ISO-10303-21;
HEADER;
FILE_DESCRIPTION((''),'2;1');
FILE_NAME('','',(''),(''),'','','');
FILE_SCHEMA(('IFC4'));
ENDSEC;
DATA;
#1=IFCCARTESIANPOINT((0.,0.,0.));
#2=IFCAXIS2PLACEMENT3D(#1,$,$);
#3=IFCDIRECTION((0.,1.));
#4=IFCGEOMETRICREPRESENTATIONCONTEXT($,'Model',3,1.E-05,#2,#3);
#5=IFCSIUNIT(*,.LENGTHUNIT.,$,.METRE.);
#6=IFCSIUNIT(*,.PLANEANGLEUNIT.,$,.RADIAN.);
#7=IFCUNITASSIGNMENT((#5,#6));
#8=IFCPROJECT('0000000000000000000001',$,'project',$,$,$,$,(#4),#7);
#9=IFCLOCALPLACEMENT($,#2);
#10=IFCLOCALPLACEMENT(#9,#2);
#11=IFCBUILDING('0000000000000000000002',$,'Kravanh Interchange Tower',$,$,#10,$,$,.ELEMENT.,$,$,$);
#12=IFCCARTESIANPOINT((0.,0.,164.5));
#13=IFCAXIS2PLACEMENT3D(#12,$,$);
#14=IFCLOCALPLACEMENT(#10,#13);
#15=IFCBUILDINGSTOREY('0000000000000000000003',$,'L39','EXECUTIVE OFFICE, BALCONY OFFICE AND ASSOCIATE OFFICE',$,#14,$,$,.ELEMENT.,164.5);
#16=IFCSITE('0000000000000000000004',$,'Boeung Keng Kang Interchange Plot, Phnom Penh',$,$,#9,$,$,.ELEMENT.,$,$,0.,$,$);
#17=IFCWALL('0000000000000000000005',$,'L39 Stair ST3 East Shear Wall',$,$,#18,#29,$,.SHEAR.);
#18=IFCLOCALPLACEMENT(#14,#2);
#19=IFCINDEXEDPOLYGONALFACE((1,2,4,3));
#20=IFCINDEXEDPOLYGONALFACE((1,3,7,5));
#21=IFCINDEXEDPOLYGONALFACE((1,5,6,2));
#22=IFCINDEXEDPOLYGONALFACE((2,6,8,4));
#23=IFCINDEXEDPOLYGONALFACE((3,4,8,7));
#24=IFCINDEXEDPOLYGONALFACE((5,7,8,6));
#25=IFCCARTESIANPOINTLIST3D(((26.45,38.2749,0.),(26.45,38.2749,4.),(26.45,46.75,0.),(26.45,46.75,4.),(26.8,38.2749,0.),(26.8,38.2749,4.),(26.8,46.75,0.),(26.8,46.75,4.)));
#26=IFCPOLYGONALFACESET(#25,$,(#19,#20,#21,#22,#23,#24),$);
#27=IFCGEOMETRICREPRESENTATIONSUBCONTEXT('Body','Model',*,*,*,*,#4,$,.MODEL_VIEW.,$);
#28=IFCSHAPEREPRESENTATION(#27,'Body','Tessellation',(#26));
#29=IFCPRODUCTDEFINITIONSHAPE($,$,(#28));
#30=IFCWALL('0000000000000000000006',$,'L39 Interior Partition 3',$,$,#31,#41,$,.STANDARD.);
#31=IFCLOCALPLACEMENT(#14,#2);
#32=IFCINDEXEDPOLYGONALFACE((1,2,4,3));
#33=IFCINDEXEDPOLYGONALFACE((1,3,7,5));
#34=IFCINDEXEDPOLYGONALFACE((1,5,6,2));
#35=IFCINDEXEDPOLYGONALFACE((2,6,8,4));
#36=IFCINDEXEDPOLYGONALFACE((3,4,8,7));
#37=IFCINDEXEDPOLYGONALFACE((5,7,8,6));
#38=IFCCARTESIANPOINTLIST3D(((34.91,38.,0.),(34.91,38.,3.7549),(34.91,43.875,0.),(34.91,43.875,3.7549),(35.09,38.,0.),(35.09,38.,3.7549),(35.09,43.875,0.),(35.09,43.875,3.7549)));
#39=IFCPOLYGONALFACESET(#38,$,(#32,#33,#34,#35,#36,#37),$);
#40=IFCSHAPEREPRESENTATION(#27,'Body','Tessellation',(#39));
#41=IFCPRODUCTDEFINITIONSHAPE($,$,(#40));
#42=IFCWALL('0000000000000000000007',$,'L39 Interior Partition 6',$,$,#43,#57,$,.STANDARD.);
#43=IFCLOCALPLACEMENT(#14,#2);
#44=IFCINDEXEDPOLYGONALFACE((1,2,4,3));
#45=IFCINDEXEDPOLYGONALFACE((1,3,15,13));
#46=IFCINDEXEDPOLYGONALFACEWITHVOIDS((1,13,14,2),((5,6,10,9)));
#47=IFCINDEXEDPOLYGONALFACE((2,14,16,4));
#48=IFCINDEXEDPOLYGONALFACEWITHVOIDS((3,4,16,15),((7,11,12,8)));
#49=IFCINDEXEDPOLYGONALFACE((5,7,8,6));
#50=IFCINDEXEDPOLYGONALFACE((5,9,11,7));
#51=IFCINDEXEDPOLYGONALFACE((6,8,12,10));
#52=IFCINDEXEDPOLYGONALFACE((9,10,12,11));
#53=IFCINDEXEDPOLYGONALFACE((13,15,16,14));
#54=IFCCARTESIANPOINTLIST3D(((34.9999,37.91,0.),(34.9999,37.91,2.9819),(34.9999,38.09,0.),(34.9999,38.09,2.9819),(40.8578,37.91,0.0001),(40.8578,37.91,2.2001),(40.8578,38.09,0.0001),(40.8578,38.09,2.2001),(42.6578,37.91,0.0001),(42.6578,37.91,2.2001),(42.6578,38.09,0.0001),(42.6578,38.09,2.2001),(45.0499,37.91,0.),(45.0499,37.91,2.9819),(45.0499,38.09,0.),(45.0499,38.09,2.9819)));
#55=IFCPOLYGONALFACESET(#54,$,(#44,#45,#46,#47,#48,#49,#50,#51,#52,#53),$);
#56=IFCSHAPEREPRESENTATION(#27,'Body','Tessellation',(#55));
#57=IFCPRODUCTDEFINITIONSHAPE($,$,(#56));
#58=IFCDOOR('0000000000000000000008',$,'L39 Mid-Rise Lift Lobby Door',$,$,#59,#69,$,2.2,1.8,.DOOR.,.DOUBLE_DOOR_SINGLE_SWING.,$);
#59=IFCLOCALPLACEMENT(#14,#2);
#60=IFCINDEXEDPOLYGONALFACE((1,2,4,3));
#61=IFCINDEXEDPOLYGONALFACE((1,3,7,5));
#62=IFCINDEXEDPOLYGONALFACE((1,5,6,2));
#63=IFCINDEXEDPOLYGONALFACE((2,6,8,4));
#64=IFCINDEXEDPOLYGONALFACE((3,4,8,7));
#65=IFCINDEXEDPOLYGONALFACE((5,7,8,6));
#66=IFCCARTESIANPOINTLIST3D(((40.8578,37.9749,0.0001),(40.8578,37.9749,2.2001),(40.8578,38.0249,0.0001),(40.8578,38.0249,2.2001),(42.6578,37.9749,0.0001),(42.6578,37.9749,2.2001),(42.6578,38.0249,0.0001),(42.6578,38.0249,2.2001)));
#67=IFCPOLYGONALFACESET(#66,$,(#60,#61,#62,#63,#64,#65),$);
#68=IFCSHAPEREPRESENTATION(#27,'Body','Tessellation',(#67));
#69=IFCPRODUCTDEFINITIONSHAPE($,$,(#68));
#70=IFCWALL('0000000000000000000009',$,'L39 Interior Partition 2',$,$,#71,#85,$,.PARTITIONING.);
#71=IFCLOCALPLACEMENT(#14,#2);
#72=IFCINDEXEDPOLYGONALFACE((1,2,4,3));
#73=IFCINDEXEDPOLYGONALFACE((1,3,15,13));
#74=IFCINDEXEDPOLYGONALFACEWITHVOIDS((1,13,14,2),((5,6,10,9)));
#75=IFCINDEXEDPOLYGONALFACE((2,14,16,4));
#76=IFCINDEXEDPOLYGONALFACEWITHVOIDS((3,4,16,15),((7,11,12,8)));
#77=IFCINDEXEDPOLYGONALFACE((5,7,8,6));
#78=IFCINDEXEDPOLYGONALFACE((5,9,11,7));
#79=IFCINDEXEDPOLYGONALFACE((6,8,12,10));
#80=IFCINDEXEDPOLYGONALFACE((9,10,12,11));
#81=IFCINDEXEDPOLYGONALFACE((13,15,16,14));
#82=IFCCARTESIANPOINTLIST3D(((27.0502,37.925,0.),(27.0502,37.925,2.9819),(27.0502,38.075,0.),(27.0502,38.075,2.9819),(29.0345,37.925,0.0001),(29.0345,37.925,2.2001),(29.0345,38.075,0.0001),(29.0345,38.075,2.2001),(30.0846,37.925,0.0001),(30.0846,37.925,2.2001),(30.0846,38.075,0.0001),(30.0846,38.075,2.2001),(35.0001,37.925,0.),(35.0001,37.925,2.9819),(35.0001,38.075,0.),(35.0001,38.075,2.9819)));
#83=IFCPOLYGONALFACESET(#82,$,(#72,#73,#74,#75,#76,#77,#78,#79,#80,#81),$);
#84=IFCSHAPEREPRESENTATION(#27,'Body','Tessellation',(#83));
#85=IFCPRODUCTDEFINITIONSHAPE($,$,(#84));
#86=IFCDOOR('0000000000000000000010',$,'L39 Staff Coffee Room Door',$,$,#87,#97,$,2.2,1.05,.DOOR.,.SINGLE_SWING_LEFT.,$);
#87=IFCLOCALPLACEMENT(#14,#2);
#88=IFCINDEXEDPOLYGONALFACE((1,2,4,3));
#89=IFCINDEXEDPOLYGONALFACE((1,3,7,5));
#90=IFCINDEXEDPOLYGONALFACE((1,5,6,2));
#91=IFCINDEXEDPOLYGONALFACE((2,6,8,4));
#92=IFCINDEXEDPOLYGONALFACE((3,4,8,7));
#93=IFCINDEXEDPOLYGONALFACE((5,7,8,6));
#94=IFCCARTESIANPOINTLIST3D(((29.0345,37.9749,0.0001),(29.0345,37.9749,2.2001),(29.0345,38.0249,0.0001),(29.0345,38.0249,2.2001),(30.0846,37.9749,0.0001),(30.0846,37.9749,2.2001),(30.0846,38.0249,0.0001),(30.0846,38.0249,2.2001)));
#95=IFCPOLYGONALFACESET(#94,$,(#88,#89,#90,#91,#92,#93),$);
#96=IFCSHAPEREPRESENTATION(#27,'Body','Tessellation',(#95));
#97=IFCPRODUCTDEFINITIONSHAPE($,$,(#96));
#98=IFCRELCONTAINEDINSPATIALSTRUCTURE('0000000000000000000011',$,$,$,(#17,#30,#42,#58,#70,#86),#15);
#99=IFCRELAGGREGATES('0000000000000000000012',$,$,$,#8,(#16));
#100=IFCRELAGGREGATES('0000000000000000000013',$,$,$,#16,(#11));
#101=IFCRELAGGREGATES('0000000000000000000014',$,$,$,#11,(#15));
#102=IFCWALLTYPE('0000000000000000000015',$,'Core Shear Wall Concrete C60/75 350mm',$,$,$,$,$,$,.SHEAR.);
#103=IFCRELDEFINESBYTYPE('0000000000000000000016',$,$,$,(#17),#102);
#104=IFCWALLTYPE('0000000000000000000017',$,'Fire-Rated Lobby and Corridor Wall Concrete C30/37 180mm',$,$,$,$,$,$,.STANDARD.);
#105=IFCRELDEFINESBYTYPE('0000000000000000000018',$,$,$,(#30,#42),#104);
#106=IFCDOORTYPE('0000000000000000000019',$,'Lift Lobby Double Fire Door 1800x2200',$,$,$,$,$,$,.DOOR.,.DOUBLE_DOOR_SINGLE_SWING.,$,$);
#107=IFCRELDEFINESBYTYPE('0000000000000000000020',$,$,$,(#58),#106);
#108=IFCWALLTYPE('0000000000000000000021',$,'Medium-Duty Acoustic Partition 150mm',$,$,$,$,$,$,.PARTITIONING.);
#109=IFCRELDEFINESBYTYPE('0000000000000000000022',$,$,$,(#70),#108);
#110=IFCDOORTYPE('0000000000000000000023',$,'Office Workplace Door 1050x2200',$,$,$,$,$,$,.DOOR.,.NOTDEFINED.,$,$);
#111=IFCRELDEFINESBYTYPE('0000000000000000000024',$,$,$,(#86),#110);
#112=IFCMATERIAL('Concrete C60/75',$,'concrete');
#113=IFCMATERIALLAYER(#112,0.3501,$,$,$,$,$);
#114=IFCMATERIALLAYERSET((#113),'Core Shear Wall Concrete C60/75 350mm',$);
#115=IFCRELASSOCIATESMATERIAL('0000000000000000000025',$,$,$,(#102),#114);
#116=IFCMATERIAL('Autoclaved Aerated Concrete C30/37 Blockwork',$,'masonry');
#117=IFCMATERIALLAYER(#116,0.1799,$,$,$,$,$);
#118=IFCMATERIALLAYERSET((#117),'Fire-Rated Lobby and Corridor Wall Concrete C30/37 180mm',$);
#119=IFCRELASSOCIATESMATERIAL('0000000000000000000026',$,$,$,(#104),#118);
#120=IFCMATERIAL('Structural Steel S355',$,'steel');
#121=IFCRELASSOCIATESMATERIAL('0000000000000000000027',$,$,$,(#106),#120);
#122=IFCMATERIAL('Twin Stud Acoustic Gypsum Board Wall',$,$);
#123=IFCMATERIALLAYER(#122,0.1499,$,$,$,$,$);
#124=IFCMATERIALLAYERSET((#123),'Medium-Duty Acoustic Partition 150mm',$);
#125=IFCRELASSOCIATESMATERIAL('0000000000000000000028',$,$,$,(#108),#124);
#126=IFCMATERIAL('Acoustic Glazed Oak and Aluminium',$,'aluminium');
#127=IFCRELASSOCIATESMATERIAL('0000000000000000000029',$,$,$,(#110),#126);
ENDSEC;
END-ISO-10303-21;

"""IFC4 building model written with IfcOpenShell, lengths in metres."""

from ifc_helpers import new_model, si_unit, direction, frame, frame_2d, origin, place, context, subcontext, project, spatial, rectangle, extrude, material, layer, layer_set, type_object, element, fill, save


model = new_model("IFC4")

# Units and contexts
model_context = context("Model", 3, precision=1e-05, world=origin(), true_north=direction((0.0, 1.0)))
body_context = subcontext(model_context, "Body", "Model", "MODEL_VIEW")
ifc_project = project(units=[si_unit("LENGTHUNIT", "METRE"), si_unit("PLANEANGLEUNIT", "RADIAN")], contexts=[model_context])

# Site, building, storey
site_placement = place(None, origin())
site = spatial("IfcSite", under=ifc_project, at=site_placement, Name="Boeung Keng Kang Interchange Plot, Phnom Penh", CompositionType="ELEMENT", RefElevation=0.0)
building_placement = place(site_placement, origin())
building = spatial("IfcBuilding", under=site, at=building_placement, Name="Kravanh Interchange Tower", CompositionType="ELEMENT")
storey_placement = place(building_placement, frame((0.0, 0.0, 164.5)))
storey = spatial("IfcBuildingStorey", under=building, at=storey_placement, Name="L39", Description="EXECUTIVE OFFICE, BALCONY OFFICE AND ASSOCIATE OFFICE", CompositionType="ELEMENT", Elevation=164.5)

# Shared definitions
ifc_material_1 = material(Name="Concrete C60/75", Category="concrete")
ifc_layer_1 = layer(ifc_material_1, 0.3501)
ifc_layer_set_1 = layer_set([ifc_layer_1], Name="Core Shear Wall Concrete C60/75 350mm")
wall_type_1 = type_object("IfcWallType", Name="Core Shear Wall Concrete C60/75 350mm", PredefinedType="SHEAR", material=ifc_layer_set_1)

# Walls
wall_1_placement = place(storey_placement, frame((26.625, 38.2749, 0.0), z_axis=(0.0, 0.0, 1.0), x_axis=(0.0, 1.0, 0.0)))
element("IfcWall", 1, at=wall_1_placement, inside=storey, type_object=wall_type_1, Name="L39 Stair ST3 East Shear Wall", PredefinedType="SHEAR", context=body_context, shape_type="SweptSolid", body=[
    extrude(rectangle(XDim=8.4751, YDim=0.3501, at=frame_2d((4.2375, 0.0))), origin(), (0.0, 0.0, 1.0), 4.0),
])
ifc_material_2 = material(Name="Autoclaved Aerated Concrete C30/37 Blockwork", Category="masonry")
ifc_layer_2 = layer(ifc_material_2, 0.1799)
ifc_layer_set_2 = layer_set([ifc_layer_2], Name="Fire-Rated Lobby and Corridor Wall Concrete C30/37 180mm")
wall_type_2 = type_object("IfcWallType", Name="Fire-Rated Lobby and Corridor Wall Concrete C30/37 180mm", PredefinedType="STANDARD", material=ifc_layer_set_2)
wall_2_placement = place(storey_placement, frame((35.0, 38.0, 0.0), z_axis=(0.0, 0.0, 1.0), x_axis=(0.0, 1.0, 0.0)))
element("IfcWall", 2, at=wall_2_placement, inside=storey, type_object=wall_type_2, Name="L39 Interior Partition 3", PredefinedType="STANDARD", context=body_context, shape_type="SweptSolid", body=[
    extrude(rectangle(XDim=5.875, YDim=0.1799, at=frame_2d((2.9375, 0.0))), origin(), (0.0, 0.0, 1.0), 3.7549),
])

# Walls, openings, doors
wall_3_placement = place(storey_placement, frame((35.0, 38.0, 0.0), z_axis=(0.0, 0.0, 1.0), x_axis=(1.0, 0.0, 0.0)))
wall_3 = element("IfcWall", 3, at=wall_3_placement, inside=storey, type_object=wall_type_2, Name="L39 Interior Partition 6", PredefinedType="STANDARD", context=body_context, shape_type="SweptSolid", body=[
    extrude(rectangle(XDim=10.05, YDim=0.1799, at=frame_2d((5.0249, 0.0))), origin(), (0.0, 0.0, 1.0), 2.9819),
])
opening_1_placement = place(wall_3_placement, frame((5.8579, 0.0, 0.0)))
opening_1 = element("IfcOpeningElement", 4, at=opening_1_placement, cuts=wall_3, PredefinedType="OPENING", context=body_context, shape_type="SweptSolid", body=[
    extrude(rectangle(XDim=1.8, YDim=2.2, at=frame_2d((0.8999, 1.1001))), frame((0.0, 0.1001, 0.0), z_axis=(0.0, -1.0, 0.0), x_axis=(1.0, 0.0, 0.0)), (0.0, 0.0, 1.0), 0.2),
])
ifc_material_3 = material(Name="Structural Steel S355", Category="steel")
door_type_1 = type_object("IfcDoorType", Name="Lift Lobby Double Fire Door 1800x2200", OperationType="DOUBLE_DOOR_SINGLE_SWING", PredefinedType="DOOR", material=ifc_material_3)
door_1_placement = place(opening_1_placement, origin())
door_1 = element("IfcDoor", 5, at=door_1_placement, inside=storey, type_object=door_type_1, Name="L39 Mid-Rise Lift Lobby Door", OperationType="DOUBLE_DOOR_SINGLE_SWING", OverallHeight=2.2, OverallWidth=1.8, PredefinedType="DOOR", context=body_context, shape_type="SweptSolid", body=[
    extrude(rectangle(XDim=1.8, YDim=2.2, at=frame_2d((0.8999, 1.1001))), frame((0.0, 0.0249, 0.0), z_axis=(0.0, -1.0, 0.0), x_axis=(1.0, 0.0, 0.0)), (0.0, 0.0, 1.0), 0.05),
])
fill(opening_1, door_1)
ifc_material_4 = material(Name="Twin Stud Acoustic Gypsum Board Wall")
ifc_layer_3 = layer(ifc_material_4, 0.1499)
ifc_layer_set_3 = layer_set([ifc_layer_3], Name="Medium-Duty Acoustic Partition 150mm")
wall_type_3 = type_object("IfcWallType", Name="Medium-Duty Acoustic Partition 150mm", PredefinedType="PARTITIONING", material=ifc_layer_set_3)
wall_4_placement = place(storey_placement, frame((27.05, 38.0, 0.0), z_axis=(0.0, 0.0, 1.0), x_axis=(1.0, 0.0, 0.0)))
wall_4 = element("IfcWall", 6, at=wall_4_placement, inside=storey, type_object=wall_type_3, Name="L39 Interior Partition 2", PredefinedType="PARTITIONING", context=body_context, shape_type="SweptSolid", body=[
    extrude(rectangle(XDim=7.95, YDim=0.1499, at=frame_2d((3.9751, 0.0))), origin(), (0.0, 0.0, 1.0), 2.9819),
])
opening_2_placement = place(wall_4_placement, frame((1.9846, 0.0, 0.0)))
opening_2 = element("IfcOpeningElement", 7, at=opening_2_placement, cuts=wall_4, PredefinedType="OPENING", context=body_context, shape_type="SweptSolid", body=[
    extrude(rectangle(XDim=1.05, YDim=2.2, at=frame_2d((0.5249, 1.1001))), frame((0.0, 0.085, 0.0), z_axis=(0.0, -1.0, 0.0), x_axis=(1.0, 0.0, 0.0)), (0.0, 0.0, 1.0), 0.1699),
])
ifc_material_5 = material(Name="Acoustic Glazed Oak and Aluminium", Category="aluminium")
door_type_2 = type_object("IfcDoorType", Name="Office Workplace Door 1050x2200", OperationType="NOTDEFINED", PredefinedType="DOOR", material=ifc_material_5)
door_2_placement = place(opening_2_placement, origin())
door_2 = element("IfcDoor", 8, at=door_2_placement, inside=storey, type_object=door_type_2, Name="L39 Staff Coffee Room Door", OperationType="SINGLE_SWING_LEFT", OverallHeight=2.2, OverallWidth=1.05, PredefinedType="DOOR", context=body_context, shape_type="SweptSolid", body=[
    extrude(rectangle(XDim=1.05, YDim=2.2, at=frame_2d((0.5249, 1.1001))), frame((0.0, 0.0249, 0.0), z_axis=(0.0, -1.0, 0.0), x_axis=(1.0, 0.0, 0.0)), (0.0, 0.0, 1.0), 0.05),
])
fill(opening_2, door_2)

save(model, "model.ifc")
